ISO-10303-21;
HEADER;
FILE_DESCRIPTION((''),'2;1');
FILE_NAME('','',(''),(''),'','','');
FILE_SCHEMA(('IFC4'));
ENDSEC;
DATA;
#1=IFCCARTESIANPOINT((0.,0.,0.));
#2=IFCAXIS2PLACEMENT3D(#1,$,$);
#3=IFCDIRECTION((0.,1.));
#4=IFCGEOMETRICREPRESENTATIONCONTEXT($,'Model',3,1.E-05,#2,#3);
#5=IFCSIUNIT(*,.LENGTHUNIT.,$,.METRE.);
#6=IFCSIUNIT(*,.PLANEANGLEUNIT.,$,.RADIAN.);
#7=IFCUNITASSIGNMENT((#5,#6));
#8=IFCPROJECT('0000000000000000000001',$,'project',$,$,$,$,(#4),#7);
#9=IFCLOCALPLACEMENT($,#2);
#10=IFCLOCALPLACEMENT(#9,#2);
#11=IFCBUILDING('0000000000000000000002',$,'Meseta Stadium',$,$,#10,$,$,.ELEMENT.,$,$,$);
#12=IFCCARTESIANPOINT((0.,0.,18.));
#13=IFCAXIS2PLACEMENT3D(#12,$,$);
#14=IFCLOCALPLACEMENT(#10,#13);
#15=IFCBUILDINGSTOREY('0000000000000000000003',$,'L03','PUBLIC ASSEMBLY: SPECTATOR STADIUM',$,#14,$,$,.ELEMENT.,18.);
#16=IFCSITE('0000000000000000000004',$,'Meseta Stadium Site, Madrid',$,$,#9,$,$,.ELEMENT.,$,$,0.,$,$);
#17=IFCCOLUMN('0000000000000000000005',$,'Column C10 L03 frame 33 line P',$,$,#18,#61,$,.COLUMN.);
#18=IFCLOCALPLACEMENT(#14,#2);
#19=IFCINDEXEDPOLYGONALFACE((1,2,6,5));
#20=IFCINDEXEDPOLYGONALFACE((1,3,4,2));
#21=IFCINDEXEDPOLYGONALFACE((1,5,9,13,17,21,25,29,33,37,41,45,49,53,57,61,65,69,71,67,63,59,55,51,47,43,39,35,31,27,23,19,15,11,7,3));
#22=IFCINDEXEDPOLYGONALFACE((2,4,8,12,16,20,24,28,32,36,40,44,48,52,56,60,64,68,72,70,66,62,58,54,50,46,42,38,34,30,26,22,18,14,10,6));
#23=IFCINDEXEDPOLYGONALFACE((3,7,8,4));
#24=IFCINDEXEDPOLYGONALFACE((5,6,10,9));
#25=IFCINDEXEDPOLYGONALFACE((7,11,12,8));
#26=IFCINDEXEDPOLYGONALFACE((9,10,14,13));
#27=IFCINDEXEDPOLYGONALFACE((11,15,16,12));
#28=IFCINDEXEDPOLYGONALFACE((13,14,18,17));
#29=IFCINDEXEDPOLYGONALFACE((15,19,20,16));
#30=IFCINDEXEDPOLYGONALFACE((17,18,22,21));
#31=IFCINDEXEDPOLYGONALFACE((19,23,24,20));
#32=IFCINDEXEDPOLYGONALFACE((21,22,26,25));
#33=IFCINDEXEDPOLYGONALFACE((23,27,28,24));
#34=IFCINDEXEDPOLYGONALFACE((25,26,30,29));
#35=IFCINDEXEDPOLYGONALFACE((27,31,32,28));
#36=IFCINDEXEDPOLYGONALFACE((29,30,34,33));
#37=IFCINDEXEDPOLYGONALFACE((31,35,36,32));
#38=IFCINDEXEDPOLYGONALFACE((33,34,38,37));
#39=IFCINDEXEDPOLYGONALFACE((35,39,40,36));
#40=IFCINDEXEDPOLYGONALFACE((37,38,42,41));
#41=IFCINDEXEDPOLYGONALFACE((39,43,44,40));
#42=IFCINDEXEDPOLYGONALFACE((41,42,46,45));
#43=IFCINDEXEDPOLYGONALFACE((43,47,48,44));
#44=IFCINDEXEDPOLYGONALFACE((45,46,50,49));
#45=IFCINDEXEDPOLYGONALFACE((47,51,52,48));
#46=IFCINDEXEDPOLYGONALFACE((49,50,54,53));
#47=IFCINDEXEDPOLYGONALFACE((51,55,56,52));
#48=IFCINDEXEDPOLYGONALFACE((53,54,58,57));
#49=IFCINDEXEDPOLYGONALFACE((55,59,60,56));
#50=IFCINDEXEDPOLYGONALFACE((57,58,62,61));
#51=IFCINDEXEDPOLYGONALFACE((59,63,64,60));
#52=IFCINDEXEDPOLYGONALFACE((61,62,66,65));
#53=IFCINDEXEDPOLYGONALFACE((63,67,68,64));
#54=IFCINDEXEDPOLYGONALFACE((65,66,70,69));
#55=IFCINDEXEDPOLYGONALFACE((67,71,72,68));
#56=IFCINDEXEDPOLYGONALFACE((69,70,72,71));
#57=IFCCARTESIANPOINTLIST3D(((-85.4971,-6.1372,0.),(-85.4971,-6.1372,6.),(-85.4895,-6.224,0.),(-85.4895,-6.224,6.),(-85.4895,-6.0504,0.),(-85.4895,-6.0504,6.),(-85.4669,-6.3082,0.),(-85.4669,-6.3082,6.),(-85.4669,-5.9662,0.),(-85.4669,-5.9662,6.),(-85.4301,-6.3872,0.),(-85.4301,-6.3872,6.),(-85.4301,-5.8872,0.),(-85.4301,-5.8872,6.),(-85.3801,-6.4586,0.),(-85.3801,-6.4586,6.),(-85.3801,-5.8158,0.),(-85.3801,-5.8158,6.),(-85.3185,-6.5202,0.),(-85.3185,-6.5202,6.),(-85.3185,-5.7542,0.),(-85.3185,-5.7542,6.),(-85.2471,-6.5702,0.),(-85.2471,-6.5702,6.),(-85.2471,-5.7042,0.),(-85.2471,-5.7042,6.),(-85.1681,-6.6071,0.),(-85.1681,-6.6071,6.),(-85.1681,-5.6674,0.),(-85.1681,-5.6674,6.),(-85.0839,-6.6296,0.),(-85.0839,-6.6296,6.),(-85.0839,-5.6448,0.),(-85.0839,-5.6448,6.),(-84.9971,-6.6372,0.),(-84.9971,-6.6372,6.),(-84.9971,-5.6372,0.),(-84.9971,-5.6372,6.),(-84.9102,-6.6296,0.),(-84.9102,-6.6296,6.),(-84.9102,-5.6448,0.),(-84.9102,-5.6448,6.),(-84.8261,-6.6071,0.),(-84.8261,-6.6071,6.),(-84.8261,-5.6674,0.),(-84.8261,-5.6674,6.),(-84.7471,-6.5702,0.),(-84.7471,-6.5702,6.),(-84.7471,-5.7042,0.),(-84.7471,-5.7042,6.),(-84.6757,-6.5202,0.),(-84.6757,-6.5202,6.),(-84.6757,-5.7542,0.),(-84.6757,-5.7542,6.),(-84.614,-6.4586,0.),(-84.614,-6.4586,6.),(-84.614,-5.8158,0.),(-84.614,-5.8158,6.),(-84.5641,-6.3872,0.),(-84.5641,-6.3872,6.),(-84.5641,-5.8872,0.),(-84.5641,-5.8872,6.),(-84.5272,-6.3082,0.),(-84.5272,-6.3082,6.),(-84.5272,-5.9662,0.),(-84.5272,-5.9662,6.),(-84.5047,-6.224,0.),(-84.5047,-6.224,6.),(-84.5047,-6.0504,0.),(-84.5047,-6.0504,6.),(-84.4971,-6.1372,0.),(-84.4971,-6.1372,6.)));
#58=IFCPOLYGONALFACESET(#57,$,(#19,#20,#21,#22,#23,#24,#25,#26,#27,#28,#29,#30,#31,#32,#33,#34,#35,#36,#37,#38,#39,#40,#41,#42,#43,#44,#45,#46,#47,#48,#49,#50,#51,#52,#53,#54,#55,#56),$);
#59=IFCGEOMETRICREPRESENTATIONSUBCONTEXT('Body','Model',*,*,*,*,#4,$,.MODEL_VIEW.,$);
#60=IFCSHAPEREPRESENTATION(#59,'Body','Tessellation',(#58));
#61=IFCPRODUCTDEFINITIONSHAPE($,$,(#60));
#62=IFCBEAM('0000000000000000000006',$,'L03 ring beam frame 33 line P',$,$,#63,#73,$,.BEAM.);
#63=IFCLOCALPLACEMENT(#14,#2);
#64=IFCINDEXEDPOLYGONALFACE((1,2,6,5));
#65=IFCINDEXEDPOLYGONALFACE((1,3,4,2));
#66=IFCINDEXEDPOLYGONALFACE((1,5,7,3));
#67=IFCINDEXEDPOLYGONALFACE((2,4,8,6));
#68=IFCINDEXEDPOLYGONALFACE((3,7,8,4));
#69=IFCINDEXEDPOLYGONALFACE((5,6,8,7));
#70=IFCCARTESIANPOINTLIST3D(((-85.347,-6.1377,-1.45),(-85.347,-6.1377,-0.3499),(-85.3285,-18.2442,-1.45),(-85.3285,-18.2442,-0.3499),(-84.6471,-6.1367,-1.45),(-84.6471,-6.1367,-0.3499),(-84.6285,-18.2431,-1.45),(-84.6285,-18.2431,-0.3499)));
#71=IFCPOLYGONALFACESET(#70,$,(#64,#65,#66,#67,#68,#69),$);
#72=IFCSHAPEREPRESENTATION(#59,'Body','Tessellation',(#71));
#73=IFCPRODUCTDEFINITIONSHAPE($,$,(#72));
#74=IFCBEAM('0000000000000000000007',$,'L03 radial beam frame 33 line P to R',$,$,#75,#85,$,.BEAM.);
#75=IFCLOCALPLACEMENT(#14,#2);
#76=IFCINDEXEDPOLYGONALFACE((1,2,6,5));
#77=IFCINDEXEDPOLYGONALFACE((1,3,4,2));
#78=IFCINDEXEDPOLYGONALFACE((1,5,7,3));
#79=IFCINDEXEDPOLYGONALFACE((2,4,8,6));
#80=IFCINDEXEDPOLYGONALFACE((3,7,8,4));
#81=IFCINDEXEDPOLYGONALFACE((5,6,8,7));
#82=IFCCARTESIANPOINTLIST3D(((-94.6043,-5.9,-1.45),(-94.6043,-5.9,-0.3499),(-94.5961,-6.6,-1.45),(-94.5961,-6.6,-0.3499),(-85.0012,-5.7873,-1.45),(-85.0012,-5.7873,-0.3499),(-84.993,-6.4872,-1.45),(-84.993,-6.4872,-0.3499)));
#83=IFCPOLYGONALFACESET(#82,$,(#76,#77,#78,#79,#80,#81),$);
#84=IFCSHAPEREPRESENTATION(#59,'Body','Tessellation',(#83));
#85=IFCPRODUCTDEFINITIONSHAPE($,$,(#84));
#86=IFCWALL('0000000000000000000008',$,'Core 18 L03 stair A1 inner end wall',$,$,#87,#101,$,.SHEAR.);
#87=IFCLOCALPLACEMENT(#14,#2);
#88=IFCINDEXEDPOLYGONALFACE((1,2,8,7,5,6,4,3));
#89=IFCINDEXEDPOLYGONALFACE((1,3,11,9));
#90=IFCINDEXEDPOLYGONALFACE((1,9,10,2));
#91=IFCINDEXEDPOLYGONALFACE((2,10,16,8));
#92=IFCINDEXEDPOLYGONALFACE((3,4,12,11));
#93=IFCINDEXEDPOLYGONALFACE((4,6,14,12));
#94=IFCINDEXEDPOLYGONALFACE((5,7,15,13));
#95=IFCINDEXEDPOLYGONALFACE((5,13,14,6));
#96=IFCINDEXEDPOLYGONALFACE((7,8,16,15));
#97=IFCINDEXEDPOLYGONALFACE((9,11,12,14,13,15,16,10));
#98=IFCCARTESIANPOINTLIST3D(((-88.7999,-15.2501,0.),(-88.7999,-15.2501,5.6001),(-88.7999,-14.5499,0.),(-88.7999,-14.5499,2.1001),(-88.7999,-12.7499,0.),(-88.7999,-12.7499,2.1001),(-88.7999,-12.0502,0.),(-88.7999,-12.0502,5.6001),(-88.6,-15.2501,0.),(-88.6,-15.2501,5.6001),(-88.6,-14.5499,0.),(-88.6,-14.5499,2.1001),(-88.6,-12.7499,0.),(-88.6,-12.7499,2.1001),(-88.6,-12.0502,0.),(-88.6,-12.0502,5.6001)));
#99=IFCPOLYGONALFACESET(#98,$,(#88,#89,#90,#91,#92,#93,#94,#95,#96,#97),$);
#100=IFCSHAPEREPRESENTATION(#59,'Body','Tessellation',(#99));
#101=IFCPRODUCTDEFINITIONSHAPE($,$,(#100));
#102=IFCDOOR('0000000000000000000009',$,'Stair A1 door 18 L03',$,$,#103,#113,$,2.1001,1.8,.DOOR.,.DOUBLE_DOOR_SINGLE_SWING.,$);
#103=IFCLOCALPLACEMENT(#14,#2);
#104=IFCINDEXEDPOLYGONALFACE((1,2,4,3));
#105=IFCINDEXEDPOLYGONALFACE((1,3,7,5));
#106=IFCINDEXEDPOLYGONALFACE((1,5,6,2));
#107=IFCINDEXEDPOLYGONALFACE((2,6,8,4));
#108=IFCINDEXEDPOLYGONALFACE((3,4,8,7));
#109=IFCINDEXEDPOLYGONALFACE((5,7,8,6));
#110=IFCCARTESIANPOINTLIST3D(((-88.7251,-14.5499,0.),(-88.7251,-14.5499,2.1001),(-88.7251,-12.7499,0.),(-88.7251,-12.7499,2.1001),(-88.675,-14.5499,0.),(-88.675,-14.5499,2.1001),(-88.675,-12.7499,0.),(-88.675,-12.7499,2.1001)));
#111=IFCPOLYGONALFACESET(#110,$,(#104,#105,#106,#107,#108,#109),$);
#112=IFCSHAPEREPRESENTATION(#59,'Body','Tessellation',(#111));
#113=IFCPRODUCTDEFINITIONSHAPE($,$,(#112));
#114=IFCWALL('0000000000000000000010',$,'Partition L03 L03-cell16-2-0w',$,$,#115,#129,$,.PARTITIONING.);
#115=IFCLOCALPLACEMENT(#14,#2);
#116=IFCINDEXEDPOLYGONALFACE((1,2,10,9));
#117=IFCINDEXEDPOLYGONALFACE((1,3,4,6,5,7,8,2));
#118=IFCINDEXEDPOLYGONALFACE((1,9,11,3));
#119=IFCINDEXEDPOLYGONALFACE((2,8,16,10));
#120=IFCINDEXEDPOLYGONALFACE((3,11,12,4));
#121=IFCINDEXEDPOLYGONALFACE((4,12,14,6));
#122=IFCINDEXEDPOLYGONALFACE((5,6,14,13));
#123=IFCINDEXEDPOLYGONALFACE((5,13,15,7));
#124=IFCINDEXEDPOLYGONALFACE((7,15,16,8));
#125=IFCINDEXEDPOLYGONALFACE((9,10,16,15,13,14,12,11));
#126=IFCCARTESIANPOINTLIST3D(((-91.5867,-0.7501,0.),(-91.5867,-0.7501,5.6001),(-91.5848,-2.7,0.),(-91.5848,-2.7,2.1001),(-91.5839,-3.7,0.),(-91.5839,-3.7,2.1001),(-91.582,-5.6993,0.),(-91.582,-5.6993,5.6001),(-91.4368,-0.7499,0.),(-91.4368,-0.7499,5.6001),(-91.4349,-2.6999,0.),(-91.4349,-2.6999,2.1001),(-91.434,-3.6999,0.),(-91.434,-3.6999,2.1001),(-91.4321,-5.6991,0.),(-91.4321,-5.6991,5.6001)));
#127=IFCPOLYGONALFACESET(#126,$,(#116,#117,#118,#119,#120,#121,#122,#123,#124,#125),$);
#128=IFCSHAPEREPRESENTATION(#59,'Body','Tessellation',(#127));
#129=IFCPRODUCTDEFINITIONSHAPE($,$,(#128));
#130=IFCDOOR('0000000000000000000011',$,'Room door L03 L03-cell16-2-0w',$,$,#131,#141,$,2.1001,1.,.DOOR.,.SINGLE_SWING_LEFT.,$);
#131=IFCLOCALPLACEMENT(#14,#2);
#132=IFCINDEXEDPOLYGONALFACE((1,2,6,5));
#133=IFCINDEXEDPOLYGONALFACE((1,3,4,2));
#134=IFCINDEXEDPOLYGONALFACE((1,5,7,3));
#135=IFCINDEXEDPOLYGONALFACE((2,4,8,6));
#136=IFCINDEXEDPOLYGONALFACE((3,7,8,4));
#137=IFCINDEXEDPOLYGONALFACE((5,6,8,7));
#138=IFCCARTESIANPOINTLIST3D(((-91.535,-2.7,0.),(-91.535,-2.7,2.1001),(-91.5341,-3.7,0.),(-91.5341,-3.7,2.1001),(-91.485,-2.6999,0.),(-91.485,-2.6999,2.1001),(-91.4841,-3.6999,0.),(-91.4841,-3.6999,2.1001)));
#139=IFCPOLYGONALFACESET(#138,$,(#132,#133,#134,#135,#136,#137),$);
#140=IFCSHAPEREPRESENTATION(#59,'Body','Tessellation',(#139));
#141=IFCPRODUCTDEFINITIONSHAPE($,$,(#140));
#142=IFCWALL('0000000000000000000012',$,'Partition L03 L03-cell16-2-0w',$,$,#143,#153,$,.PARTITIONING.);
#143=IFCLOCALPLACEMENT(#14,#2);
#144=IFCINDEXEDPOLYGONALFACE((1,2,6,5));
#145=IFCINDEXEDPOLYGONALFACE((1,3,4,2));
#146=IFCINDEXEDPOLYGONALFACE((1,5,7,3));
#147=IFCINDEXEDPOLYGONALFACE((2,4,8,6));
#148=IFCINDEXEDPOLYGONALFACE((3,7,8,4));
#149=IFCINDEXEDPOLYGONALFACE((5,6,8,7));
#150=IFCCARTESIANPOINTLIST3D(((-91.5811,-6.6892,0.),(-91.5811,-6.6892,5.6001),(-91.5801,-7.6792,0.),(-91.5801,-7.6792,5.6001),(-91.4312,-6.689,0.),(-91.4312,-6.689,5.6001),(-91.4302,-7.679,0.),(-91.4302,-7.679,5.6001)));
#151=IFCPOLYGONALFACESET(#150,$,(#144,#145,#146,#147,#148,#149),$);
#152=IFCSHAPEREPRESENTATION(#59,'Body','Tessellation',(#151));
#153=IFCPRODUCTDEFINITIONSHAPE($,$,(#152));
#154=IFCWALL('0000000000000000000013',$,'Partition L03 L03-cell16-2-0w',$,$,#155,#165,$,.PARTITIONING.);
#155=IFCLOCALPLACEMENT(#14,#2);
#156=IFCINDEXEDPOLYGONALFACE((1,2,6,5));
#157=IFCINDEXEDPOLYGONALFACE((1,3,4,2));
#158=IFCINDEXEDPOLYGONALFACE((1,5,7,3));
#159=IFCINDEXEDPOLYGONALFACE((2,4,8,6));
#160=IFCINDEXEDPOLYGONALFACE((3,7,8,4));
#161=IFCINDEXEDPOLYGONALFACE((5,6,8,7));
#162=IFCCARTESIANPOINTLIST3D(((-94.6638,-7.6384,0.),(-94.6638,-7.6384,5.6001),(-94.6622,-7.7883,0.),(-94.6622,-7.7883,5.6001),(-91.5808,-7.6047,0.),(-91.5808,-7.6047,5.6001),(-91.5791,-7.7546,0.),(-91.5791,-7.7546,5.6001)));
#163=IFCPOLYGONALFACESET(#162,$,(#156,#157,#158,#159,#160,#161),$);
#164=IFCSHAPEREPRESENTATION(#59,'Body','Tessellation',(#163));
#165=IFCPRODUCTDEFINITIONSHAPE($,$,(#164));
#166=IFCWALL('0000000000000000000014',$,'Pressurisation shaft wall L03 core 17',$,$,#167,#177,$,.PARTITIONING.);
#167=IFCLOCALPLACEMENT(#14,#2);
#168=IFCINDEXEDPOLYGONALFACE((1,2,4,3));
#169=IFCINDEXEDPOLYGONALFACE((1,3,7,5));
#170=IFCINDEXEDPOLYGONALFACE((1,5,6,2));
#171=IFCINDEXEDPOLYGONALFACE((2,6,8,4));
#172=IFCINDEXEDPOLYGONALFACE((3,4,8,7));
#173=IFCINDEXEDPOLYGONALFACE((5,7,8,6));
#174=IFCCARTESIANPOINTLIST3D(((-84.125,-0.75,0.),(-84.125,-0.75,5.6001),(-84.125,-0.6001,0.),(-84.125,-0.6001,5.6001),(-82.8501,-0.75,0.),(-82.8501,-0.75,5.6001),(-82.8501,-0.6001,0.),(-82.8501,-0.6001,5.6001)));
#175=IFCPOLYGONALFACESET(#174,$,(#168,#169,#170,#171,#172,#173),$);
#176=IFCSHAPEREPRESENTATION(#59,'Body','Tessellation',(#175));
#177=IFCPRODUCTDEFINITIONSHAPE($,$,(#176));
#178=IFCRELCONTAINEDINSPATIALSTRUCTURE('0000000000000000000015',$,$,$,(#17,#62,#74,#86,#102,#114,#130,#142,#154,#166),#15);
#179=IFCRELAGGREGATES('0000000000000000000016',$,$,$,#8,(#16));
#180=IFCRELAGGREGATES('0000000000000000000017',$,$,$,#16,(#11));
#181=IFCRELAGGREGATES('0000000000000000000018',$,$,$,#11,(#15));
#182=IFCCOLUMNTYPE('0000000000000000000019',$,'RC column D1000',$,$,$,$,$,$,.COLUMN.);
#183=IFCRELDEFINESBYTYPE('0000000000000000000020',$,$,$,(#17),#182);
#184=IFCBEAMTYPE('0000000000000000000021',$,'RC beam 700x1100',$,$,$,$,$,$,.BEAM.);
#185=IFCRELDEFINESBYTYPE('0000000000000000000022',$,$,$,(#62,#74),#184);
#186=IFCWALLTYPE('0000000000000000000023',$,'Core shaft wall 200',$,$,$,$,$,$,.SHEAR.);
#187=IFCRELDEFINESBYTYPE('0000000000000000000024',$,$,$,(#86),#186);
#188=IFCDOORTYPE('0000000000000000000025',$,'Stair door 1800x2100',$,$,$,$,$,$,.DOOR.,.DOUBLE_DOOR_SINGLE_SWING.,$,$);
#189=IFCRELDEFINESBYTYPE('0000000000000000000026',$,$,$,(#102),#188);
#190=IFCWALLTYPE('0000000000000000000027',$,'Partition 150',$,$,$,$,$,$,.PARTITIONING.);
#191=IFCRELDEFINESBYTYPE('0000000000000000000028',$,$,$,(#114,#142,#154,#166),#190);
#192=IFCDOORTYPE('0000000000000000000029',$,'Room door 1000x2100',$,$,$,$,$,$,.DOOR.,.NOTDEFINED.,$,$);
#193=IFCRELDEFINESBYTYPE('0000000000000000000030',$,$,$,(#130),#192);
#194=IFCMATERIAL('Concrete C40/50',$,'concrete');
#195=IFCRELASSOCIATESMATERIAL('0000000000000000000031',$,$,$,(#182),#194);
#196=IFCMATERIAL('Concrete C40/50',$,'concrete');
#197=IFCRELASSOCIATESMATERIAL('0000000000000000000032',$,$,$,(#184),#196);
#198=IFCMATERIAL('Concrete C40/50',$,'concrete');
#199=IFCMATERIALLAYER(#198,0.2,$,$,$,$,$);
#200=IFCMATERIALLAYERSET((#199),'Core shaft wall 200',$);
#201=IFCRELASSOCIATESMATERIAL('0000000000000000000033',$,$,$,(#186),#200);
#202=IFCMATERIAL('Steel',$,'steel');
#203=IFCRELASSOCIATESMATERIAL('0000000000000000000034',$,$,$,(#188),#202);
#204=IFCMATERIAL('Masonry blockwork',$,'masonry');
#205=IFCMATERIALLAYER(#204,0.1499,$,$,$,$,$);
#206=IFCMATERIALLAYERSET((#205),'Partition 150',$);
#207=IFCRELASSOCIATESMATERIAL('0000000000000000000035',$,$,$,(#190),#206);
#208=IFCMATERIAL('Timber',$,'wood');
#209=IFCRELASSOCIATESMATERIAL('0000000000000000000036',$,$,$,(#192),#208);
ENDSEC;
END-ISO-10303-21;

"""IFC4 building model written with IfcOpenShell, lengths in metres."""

from ifc_helpers import new_model, si_unit, direction, frame, frame_2d, origin, origin_2d, place, context, subcontext, project, spatial, rectangle, circle, extrude, material, layer, layer_set, material_profile, profile_set, type_object, element, fill, save


model = new_model("IFC4")

# Units and contexts
model_context = context("Model", 3, precision=1e-05, world=origin(), true_north=direction((0.0, 1.0)))
body_context = subcontext(model_context, "Body", "Model", "MODEL_VIEW")
ifc_project = project(units=[si_unit("LENGTHUNIT", "METRE"), si_unit("PLANEANGLEUNIT", "RADIAN")], contexts=[model_context])

# Site, building, storey
site_placement = place(None, origin())
site = spatial("IfcSite", under=ifc_project, at=site_placement, Name="Meseta Stadium Site, Madrid", CompositionType="ELEMENT", RefElevation=0.0)
building_placement = place(site_placement, origin())
building = spatial("IfcBuilding", under=site, at=building_placement, Name="Meseta Stadium", CompositionType="ELEMENT")
storey_placement = place(building_placement, frame((0.0, 0.0, 18.0)))
storey = spatial("IfcBuildingStorey", under=building, at=storey_placement, Name="L03", Description="PUBLIC ASSEMBLY: SPECTATOR STADIUM", CompositionType="ELEMENT", Elevation=18.0)

# Column
ifc_material_1 = material(Name="Concrete C40/50", Category="concrete")
ifc_material_profile_1 = material_profile(ifc_material_1, circle(Radius=0.5, at=origin_2d()), Name="RC D1000")
ifc_profile_set_1 = profile_set([ifc_material_profile_1], Name="Concrete C40/50")
column_type = type_object("IfcColumnType", Name="RC column D1000", PredefinedType="COLUMN", material=ifc_profile_set_1)
column_placement = place(storey_placement, frame((-84.9971, -6.1372, 0.0), z_axis=(0.0, 0.0, 1.0), x_axis=(1.0, 0.0, 0.0)))
element("IfcColumn", 1, at=column_placement, inside=storey, type_object=column_type, Name="Column C10 L03 frame 33 line P", PredefinedType="COLUMN", context=body_context, shape_type="SweptSolid", body=[
    extrude(circle(Radius=0.5, at=origin_2d()), origin(), (0.0, 0.0, 1.0), 6.0),
])

# Beams
ifc_material_2 = material(Name="Concrete C40/50", Category="concrete")
ifc_material_profile_2 = material_profile(ifc_material_2, rectangle(XDim=0.7, YDim=1.1001, at=origin_2d()), Name="RC 700x1100")
ifc_profile_set_2 = profile_set([ifc_material_profile_2], Name="Concrete C40/50")
beam_type = type_object("IfcBeamType", Name="RC beam 700x1100", PredefinedType="BEAM", material=ifc_profile_set_2)
beam_1_placement = place(storey_placement, frame((-84.9971, -6.1372, -0.8999), z_axis=(0.001533, -0.999999, 0.0), x_axis=(0.999999, 0.001533, 0.0)))
element("IfcBeam", 2, at=beam_1_placement, inside=storey, type_object=beam_type, Name="L03 ring beam frame 33 line P", PredefinedType="BEAM", context=body_context, shape_type="SweptSolid", body=[
    extrude(rectangle(XDim=0.7, YDim=1.1001, at=origin_2d()), origin(), (0.0, 0.0, 1.0), 12.1064),
])
beam_2_placement = place(storey_placement, frame((-84.9971, -6.1372, -0.8999), z_axis=(-0.999931, -0.011745, 0.0), x_axis=(0.011745, -0.999931, 0.0)))
element("IfcBeam", 3, at=beam_2_placement, inside=storey, type_object=beam_type, Name="L03 radial beam frame 33 line P to R", PredefinedType="BEAM", context=body_context, shape_type="SweptSolid", body=[
    extrude(rectangle(XDim=0.7, YDim=1.1001, at=origin_2d()), origin(), (0.0, 0.0, 1.0), 9.6038),
])

# Walls, openings, doors
ifc_material_3 = material(Name="Concrete C40/50", Category="concrete")
ifc_layer_1 = layer(ifc_material_3, 0.2)
ifc_layer_set_1 = layer_set([ifc_layer_1], Name="Core shaft wall 200")
wall_type_1 = type_object("IfcWallType", Name="Core shaft wall 200", PredefinedType="SHEAR", material=ifc_layer_set_1)
wall_1_placement = place(storey_placement, frame((-88.7, -12.05, 0.0), z_axis=(0.0, 0.0, 1.0), x_axis=(0.0, -1.0, 0.0)))
wall_1 = element("IfcWall", 4, at=wall_1_placement, inside=storey, type_object=wall_type_1, Name="Core 18 L03 stair A1 inner end wall", PredefinedType="SHEAR", context=body_context, shape_type="SweptSolid", body=[
    extrude(rectangle(XDim=3.2, YDim=0.2, at=frame_2d((1.6001, 0.0))), origin(), (0.0, 0.0, 1.0), 5.6001),
])
opening_1_placement = place(wall_1_placement, frame((0.7, 0.0, 0.0)))
opening_1 = element("IfcOpeningElement", 5, at=opening_1_placement, cuts=wall_1, PredefinedType="OPENING", context=body_context, shape_type="SweptSolid", body=[
    extrude(rectangle(XDim=1.8, YDim=2.1001, at=frame_2d((0.8999, 1.05))), frame((0.0, 0.1099, 0.0), z_axis=(0.0, -1.0, 0.0), x_axis=(1.0, 0.0, 0.0)), (0.0, 0.0, 1.0), 0.22),
])
ifc_material_4 = material(Name="Steel", Category="steel")
door_type_1 = type_object("IfcDoorType", Name="Stair door 1800x2100", OperationType="DOUBLE_DOOR_SINGLE_SWING", PredefinedType="DOOR", material=ifc_material_4)
door_1_placement = place(opening_1_placement, origin())
door_1 = element("IfcDoor", 6, at=door_1_placement, inside=storey, type_object=door_type_1, Name="Stair A1 door 18 L03", OperationType="DOUBLE_DOOR_SINGLE_SWING", OverallHeight=2.1001, OverallWidth=1.8, PredefinedType="DOOR", context=body_context, shape_type="SweptSolid", body=[
    extrude(rectangle(XDim=1.8, YDim=2.1001, at=frame_2d((0.8999, 1.05))), frame((0.0, 0.0249, 0.0), z_axis=(0.0, -1.0, 0.0), x_axis=(1.0, 0.0, 0.0)), (0.0, 0.0, 1.0), 0.05),
])
fill(opening_1, door_1)
ifc_material_5 = material(Name="Masonry blockwork", Category="masonry")
ifc_layer_2 = layer(ifc_material_5, 0.1499)
ifc_layer_set_2 = layer_set([ifc_layer_2], Name="Partition 150")
wall_type_2 = type_object("IfcWallType", Name="Partition 150", PredefinedType="PARTITIONING", material=ifc_layer_set_2)
wall_2_placement = place(storey_placement, frame((-91.5117, -0.75, 0.0), z_axis=(0.0, 0.0, 1.0), x_axis=(0.000937, -1.0, 0.0)))
wall_2 = element("IfcWall", 7, at=wall_2_placement, inside=storey, type_object=wall_type_2, Name="Partition L03 L03-cell16-2-0w", PredefinedType="PARTITIONING", context=body_context, shape_type="SweptSolid", body=[
    extrude(rectangle(XDim=4.9492, YDim=0.1499, at=frame_2d((2.4746, 0.0))), origin(), (0.0, 0.0, 1.0), 5.6001),
])
opening_2_placement = place(wall_2_placement, frame((1.95, 0.0, 0.0)))
opening_2 = element("IfcOpeningElement", 8, at=opening_2_placement, cuts=wall_2, PredefinedType="OPENING", context=body_context, shape_type="SweptSolid", body=[
    extrude(rectangle(XDim=1.0, YDim=2.1001, at=frame_2d((0.5, 1.05))), frame((0.0, 0.085, 0.0), z_axis=(0.0, -1.0, 0.0), x_axis=(1.0, 0.0, 0.0)), (0.0, 0.0, 1.0), 0.1699),
])
ifc_material_6 = material(Name="Timber", Category="wood")
door_type_2 = type_object("IfcDoorType", Name="Room door 1000x2100", OperationType="NOTDEFINED", PredefinedType="DOOR", material=ifc_material_6)
door_2_placement = place(opening_2_placement, origin())
door_2 = element("IfcDoor", 9, at=door_2_placement, inside=storey, type_object=door_type_2, Name="Room door L03 L03-cell16-2-0w", OperationType="SINGLE_SWING_LEFT", OverallHeight=2.1001, OverallWidth=1.0, PredefinedType="DOOR", context=body_context, shape_type="SweptSolid", body=[
    extrude(rectangle(XDim=1.0, YDim=2.1001, at=frame_2d((0.5, 1.05))), frame((0.0, 0.0249, 0.0), z_axis=(0.0, -1.0, 0.0), x_axis=(1.0, 0.0, 0.0)), (0.0, 0.0, 1.0), 0.05),
])
fill(opening_2, door_2)

# Walls
wall_3_placement = place(storey_placement, frame((-91.5061, -6.689, 0.0), z_axis=(0.0, 0.0, 1.0), x_axis=(0.000986, -1.0, 0.0)))
element("IfcWall", 10, at=wall_3_placement, inside=storey, type_object=wall_type_2, Name="Partition L03 L03-cell16-2-0w", PredefinedType="PARTITIONING", context=body_context, shape_type="SweptSolid", body=[
    extrude(rectangle(XDim=0.99, YDim=0.1499, at=frame_2d((0.4951, 0.0))), origin(), (0.0, 0.0, 1.0), 5.6001),
])
wall_4_placement = place(storey_placement, frame((-91.5801, -7.6797, 0.0), z_axis=(0.0, 0.0, 1.0), x_axis=(-0.99994, -0.010927, 0.0)))
element("IfcWall", 11, at=wall_4_placement, inside=storey, type_object=wall_type_2, Name="Partition L03 L03-cell16-2-0w", PredefinedType="PARTITIONING", context=body_context, shape_type="SweptSolid", body=[
    extrude(rectangle(XDim=3.0833, YDim=0.1499, at=frame_2d((1.5415, 0.0))), origin(), (0.0, 0.0, 1.0), 5.6001),
])
wall_5_placement = place(storey_placement, frame((-84.125, -0.675, 0.0), z_axis=(0.0, 0.0, 1.0), x_axis=(1.0, 0.0, 0.0)))
element("IfcWall", 12, at=wall_5_placement, inside=storey, type_object=wall_type_2, Name="Pressurisation shaft wall L03 core 17", PredefinedType="PARTITIONING", context=body_context, shape_type="SweptSolid", body=[
    extrude(rectangle(XDim=1.2749, YDim=0.1499, at=frame_2d((0.6375, 0.0))), origin(), (0.0, 0.0, 1.0), 5.6001),
])

save(model, "model.ifc")
